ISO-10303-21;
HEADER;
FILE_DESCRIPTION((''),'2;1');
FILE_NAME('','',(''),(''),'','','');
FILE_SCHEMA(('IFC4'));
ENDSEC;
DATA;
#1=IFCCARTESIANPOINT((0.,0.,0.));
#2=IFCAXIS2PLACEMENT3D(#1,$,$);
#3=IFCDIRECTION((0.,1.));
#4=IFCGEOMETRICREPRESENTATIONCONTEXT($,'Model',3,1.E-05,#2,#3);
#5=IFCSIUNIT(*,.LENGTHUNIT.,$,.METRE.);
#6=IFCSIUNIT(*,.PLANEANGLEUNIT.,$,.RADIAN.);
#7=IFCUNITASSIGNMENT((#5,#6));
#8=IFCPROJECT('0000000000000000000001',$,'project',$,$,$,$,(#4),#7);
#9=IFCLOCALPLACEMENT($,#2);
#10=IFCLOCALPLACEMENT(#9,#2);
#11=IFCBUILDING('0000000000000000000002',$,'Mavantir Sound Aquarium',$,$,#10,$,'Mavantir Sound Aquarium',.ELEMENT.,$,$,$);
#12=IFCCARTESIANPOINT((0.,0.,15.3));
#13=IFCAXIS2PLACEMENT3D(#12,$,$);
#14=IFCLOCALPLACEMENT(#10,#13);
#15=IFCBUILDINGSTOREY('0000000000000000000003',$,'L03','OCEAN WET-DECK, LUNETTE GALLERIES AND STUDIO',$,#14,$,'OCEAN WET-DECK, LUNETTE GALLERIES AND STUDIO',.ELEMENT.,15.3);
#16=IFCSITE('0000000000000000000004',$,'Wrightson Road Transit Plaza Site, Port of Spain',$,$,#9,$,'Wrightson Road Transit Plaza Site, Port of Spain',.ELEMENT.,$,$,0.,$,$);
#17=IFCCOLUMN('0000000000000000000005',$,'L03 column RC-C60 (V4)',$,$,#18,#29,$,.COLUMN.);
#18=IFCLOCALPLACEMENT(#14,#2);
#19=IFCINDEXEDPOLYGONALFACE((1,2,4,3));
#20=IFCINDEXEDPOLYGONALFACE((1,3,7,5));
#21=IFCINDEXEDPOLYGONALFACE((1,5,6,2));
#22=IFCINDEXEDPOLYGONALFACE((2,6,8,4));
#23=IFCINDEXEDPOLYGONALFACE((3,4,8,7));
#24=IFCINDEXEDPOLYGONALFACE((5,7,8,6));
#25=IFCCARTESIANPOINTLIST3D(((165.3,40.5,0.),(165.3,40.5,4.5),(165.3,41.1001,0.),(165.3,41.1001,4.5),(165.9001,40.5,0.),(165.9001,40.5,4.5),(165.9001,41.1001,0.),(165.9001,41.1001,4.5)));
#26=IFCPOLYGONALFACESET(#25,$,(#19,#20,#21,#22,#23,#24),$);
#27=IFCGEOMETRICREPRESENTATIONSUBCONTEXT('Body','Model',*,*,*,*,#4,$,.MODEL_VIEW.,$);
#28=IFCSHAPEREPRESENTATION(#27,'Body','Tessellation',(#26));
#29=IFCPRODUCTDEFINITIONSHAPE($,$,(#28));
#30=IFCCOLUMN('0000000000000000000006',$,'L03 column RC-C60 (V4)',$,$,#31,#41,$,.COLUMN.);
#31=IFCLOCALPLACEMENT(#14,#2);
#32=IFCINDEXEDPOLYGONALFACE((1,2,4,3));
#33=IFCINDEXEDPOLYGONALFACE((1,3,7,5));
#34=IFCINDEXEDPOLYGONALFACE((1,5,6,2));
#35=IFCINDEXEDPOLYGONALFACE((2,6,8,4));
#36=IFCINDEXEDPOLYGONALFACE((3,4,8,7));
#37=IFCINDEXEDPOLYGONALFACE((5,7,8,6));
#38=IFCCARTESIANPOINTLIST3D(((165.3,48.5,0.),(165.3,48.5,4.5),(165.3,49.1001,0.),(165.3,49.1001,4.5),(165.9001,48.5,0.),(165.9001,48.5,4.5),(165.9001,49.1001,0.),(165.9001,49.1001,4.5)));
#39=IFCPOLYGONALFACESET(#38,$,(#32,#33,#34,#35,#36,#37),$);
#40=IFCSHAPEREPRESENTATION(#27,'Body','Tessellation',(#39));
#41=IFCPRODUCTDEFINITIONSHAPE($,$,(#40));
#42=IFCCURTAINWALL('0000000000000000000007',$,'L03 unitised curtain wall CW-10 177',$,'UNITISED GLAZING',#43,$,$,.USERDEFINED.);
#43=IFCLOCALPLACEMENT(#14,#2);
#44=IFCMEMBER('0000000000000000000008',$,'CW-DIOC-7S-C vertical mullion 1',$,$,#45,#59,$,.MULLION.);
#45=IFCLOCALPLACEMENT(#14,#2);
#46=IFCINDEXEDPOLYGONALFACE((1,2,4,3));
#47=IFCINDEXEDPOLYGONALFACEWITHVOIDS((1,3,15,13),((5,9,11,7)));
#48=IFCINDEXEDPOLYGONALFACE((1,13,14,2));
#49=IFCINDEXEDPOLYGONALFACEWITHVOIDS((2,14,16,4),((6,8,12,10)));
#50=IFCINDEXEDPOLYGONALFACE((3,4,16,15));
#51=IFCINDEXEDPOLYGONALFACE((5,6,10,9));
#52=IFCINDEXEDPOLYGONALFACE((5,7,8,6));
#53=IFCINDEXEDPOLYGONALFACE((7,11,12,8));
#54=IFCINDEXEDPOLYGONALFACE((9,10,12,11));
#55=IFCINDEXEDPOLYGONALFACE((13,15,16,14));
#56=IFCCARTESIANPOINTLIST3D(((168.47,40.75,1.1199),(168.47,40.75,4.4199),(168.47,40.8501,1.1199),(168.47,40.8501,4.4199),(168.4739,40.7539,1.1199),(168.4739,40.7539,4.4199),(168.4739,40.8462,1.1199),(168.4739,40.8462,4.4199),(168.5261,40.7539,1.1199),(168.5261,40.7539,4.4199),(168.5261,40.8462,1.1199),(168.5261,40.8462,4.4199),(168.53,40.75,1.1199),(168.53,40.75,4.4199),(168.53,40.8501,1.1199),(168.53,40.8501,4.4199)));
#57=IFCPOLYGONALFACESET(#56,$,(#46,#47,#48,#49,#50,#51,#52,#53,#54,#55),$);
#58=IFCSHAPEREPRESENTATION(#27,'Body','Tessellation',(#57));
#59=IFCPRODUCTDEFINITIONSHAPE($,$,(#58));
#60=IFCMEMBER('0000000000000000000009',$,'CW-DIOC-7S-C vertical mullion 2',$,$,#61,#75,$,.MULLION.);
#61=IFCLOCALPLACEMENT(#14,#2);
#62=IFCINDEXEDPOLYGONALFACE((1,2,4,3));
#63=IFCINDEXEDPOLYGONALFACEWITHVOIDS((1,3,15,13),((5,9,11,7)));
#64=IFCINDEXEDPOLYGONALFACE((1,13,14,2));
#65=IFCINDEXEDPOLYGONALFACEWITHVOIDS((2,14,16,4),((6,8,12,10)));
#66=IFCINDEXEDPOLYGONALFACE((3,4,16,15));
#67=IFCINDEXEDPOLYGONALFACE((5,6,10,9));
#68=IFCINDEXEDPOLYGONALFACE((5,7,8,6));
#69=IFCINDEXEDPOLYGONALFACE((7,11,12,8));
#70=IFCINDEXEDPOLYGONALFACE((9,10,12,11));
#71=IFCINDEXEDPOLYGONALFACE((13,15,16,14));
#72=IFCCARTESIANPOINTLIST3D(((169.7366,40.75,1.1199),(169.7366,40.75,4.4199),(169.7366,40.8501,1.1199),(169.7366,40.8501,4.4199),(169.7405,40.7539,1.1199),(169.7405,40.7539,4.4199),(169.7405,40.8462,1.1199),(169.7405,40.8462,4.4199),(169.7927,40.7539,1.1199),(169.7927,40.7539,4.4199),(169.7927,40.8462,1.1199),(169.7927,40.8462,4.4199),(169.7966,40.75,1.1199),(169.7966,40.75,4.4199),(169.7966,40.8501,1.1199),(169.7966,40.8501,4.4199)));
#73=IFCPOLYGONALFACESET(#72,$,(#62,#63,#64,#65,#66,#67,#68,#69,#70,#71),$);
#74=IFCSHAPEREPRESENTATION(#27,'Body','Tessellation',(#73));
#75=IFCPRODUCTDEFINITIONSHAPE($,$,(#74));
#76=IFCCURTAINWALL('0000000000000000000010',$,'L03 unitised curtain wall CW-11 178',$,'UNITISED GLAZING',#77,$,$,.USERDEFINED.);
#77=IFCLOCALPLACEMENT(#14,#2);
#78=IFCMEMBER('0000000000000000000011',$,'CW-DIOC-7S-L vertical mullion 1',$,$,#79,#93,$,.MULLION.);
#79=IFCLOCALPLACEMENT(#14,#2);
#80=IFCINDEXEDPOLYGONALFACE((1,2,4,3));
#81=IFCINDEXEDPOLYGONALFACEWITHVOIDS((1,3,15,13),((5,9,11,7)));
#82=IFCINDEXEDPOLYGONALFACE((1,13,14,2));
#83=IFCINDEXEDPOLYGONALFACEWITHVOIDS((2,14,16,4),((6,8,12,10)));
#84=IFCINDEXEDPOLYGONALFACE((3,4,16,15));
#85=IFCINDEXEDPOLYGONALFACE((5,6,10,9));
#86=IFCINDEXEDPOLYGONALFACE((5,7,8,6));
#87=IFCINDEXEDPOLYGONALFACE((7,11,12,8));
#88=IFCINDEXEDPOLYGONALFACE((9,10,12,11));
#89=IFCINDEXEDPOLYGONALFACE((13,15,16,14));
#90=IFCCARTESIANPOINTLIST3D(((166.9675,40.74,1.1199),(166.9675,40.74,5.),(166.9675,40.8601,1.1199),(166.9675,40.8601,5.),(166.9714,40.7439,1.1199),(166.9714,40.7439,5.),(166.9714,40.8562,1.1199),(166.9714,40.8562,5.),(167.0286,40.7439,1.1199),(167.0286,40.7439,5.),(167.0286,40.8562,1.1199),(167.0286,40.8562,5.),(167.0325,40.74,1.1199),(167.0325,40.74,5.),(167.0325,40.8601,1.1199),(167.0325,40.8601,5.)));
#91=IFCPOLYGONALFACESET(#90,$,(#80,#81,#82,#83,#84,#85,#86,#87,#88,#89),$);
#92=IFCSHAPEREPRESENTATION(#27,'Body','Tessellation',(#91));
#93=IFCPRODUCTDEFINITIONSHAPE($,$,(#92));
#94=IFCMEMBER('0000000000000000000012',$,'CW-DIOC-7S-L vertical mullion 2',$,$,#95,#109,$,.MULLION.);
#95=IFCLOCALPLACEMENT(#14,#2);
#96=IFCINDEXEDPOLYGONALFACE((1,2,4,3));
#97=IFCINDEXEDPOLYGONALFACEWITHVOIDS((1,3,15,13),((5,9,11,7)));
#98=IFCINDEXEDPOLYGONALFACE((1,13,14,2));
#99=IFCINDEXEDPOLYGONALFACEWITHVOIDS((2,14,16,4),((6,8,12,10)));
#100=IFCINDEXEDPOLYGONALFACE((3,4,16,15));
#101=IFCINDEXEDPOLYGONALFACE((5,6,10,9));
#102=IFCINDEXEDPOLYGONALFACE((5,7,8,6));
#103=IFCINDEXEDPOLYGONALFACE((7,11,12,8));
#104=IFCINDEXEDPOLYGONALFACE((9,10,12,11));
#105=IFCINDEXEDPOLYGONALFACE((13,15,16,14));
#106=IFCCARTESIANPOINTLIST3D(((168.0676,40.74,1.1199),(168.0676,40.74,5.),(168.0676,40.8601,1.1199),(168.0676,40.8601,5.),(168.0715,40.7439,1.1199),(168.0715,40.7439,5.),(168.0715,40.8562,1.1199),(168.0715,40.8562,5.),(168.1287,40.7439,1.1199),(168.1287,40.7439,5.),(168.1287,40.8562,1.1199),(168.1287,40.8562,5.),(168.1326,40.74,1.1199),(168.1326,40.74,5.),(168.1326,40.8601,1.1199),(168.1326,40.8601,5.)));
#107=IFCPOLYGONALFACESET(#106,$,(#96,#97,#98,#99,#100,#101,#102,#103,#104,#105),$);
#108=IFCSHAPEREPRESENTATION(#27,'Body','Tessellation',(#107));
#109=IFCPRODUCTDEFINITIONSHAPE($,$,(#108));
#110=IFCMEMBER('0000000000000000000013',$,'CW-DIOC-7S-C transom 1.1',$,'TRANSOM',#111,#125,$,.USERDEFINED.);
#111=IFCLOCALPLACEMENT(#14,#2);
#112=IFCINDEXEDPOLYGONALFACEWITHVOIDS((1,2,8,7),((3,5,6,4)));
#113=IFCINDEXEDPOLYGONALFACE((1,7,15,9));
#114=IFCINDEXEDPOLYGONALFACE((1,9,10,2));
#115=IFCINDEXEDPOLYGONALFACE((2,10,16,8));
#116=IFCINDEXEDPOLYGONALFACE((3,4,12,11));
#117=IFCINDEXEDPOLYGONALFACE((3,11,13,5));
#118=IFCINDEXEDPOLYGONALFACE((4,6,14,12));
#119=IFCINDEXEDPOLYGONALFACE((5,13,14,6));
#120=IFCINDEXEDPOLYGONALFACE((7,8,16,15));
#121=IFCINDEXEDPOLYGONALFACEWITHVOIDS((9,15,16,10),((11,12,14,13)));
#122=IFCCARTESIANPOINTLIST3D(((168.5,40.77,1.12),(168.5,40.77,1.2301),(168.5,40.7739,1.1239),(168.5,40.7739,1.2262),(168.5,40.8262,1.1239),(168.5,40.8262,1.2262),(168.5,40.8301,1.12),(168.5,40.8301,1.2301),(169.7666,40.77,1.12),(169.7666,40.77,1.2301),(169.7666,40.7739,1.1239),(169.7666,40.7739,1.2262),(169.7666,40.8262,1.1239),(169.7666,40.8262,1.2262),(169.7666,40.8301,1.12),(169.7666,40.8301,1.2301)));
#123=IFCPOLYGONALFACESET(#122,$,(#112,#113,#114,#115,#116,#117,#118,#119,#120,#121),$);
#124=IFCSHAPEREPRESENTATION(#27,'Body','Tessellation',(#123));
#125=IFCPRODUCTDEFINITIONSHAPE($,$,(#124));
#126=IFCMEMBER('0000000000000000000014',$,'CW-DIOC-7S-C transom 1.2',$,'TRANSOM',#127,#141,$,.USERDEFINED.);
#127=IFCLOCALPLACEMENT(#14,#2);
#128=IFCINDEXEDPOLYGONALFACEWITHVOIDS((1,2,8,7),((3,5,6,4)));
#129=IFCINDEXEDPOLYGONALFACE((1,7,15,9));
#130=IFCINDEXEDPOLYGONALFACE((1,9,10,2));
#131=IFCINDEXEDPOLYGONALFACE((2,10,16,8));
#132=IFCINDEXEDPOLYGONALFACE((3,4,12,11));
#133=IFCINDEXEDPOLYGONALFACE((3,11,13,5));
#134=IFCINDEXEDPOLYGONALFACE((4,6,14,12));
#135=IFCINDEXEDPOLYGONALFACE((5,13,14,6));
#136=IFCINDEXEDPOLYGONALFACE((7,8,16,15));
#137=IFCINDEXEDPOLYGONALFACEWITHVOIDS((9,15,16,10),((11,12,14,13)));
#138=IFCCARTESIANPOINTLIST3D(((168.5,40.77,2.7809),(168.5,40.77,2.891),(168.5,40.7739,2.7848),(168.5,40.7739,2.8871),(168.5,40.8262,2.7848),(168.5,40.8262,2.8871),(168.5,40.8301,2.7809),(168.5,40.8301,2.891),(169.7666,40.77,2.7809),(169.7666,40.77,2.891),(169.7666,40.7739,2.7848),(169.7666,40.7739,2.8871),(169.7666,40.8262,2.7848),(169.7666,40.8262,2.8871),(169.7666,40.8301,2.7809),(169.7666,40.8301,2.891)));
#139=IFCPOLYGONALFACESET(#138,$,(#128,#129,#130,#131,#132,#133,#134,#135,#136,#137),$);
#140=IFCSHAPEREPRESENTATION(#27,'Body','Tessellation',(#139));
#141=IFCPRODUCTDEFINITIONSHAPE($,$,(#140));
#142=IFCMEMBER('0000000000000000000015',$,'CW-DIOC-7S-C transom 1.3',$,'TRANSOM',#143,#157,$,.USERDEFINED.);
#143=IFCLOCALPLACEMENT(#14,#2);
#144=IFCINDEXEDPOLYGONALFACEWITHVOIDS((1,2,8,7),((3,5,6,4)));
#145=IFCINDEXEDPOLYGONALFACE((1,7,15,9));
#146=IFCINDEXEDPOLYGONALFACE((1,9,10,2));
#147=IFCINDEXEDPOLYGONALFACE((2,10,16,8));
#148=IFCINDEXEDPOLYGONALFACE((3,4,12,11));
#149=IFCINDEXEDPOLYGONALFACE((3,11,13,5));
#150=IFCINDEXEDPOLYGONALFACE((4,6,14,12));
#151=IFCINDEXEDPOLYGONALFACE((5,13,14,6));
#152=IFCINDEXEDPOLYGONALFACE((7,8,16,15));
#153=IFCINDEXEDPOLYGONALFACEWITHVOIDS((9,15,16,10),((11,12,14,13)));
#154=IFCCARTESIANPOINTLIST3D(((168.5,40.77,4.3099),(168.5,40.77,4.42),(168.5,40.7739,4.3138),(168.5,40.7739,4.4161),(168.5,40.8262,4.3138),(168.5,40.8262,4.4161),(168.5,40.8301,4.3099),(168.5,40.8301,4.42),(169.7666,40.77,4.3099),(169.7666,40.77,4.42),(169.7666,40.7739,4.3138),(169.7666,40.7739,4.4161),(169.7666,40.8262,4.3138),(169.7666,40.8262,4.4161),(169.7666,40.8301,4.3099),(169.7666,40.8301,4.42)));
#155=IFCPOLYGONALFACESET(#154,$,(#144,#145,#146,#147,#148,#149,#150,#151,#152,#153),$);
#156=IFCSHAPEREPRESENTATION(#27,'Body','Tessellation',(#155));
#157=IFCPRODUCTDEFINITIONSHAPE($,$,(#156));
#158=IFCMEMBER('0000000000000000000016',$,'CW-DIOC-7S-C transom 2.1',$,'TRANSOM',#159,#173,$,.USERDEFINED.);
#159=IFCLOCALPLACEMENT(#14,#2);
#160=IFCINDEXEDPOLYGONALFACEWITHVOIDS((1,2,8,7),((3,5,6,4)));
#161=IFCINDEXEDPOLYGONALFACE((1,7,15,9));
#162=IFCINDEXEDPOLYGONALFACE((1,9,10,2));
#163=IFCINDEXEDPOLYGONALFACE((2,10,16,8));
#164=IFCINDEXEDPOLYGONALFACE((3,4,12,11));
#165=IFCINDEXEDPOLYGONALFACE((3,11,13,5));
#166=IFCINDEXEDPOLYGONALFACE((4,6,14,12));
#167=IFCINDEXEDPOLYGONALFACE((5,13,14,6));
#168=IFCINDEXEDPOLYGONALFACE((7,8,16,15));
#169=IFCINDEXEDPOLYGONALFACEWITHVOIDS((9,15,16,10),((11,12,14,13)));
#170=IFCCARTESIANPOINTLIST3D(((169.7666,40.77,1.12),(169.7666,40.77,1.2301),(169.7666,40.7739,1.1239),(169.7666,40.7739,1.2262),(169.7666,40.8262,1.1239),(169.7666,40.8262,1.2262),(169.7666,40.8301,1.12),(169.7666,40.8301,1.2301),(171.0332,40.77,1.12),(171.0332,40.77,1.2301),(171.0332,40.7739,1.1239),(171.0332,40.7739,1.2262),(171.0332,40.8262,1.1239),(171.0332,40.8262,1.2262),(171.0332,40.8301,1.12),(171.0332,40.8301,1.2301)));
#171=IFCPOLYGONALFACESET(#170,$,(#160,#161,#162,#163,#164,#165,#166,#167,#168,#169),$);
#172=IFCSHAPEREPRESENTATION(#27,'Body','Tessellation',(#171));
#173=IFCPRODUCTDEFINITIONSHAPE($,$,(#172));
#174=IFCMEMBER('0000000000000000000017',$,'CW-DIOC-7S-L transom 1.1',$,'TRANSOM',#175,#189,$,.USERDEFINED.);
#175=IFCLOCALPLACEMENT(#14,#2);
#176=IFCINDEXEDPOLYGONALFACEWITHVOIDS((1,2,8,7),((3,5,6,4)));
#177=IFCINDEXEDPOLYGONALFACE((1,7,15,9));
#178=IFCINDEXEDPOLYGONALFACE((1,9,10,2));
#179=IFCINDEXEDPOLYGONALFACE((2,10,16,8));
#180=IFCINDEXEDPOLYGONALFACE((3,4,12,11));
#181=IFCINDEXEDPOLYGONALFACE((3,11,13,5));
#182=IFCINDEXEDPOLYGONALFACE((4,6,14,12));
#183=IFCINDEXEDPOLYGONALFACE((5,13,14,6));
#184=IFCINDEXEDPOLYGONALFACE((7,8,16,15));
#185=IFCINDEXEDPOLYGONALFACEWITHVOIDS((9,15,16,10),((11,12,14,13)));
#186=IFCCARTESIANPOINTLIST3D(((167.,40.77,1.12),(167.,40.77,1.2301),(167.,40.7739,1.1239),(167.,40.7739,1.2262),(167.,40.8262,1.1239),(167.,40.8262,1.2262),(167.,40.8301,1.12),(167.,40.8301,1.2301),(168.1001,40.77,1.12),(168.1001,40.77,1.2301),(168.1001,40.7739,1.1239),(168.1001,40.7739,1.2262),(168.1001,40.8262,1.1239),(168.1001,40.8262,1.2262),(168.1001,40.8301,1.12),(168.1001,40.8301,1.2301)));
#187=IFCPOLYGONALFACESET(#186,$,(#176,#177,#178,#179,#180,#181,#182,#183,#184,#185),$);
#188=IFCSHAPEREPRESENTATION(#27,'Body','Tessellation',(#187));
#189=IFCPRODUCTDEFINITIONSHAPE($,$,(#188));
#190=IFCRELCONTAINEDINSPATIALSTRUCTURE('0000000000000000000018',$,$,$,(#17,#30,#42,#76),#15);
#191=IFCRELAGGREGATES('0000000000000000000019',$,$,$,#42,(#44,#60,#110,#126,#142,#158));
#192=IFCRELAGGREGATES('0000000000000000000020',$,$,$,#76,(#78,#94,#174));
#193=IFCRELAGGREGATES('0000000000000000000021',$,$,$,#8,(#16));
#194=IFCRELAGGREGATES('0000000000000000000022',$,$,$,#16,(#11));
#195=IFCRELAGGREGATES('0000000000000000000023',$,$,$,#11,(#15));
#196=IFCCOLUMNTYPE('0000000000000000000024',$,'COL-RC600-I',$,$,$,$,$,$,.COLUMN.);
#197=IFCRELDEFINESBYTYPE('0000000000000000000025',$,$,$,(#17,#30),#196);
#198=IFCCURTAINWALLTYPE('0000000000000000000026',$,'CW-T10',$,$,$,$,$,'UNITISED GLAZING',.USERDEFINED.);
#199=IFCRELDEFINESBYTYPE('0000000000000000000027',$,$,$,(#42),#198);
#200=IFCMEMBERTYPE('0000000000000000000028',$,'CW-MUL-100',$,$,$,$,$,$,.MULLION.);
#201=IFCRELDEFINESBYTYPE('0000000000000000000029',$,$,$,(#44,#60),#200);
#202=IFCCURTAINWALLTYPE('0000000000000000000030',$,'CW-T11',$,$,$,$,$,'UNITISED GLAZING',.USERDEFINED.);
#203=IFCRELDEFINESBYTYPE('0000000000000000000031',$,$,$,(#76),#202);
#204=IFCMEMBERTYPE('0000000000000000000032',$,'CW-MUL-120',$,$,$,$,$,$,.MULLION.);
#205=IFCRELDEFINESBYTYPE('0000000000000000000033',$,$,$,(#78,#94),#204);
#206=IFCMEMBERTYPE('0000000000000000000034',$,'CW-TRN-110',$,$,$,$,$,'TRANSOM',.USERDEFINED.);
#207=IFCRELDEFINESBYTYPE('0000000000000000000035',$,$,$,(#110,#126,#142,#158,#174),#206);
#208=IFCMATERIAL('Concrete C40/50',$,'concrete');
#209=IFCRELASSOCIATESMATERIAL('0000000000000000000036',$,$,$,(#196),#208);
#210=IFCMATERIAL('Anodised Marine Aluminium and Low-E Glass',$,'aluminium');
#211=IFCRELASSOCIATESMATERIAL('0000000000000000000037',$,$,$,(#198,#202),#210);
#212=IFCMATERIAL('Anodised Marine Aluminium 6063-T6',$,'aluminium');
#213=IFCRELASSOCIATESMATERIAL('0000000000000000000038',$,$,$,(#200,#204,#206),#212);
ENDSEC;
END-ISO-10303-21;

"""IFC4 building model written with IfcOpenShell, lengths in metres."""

from ifc_helpers import new_model, si_unit, direction, frame, origin, origin_2d, place, context, subcontext, project, spatial, rectangle, hollow_rectangle, extrude, material, material_profile, profile_set, type_object, element, aggregate, save


model = new_model("IFC4")

# Units and contexts
model_context = context("Model", 3, precision=1e-05, world=origin(), true_north=direction((0.0, 1.0)))
body_context = subcontext(model_context, "Body", "Model", "MODEL_VIEW")
ifc_project = project(units=[si_unit("LENGTHUNIT", "METRE"), si_unit("PLANEANGLEUNIT", "RADIAN")], contexts=[model_context])

# Site, building, storey
site_placement = place(None, origin())
site = spatial("IfcSite", under=ifc_project, at=site_placement, Name="Wrightson Road Transit Plaza Site, Port of Spain", LongName="Wrightson Road Transit Plaza Site, Port of Spain", CompositionType="ELEMENT", RefElevation=0.0)
building_placement = place(site_placement, origin())
building = spatial("IfcBuilding", under=site, at=building_placement, Name="Mavantir Sound Aquarium", LongName="Mavantir Sound Aquarium", CompositionType="ELEMENT")
storey_placement = place(building_placement, frame((0.0, 0.0, 15.3)))
storey = spatial("IfcBuildingStorey", under=building, at=storey_placement, Name="L03", Description="OCEAN WET-DECK, LUNETTE GALLERIES AND STUDIO", LongName="OCEAN WET-DECK, LUNETTE GALLERIES AND STUDIO", CompositionType="ELEMENT", Elevation=15.3)

# Columns
ifc_material_1 = material(Name="Concrete C40/50", Category="concrete")
ifc_material_profile_1 = material_profile(ifc_material_1, rectangle(XDim=0.6001, YDim=0.6001, at=origin_2d()), Name="RC 600X600")
ifc_profile_set_1 = profile_set([ifc_material_profile_1], Name="Concrete C40/50")
column_type = type_object("IfcColumnType", Name="COL-RC600-I", PredefinedType="COLUMN", material=ifc_profile_set_1)
for number, where, z_axis, x_axis, name in (
    (1, (165.6001, 40.8, 0.0), (0.0, 0.0, 1.0), (1.0, 0.0, 0.0), "L03 column RC-C60 (V4)"),
    (2, (165.6001, 48.8, 0.0), (0.0, 0.0, 1.0), (1.0, 0.0, 0.0), "L03 column RC-C60 (V4)"),
):
    element("IfcColumn", number, at=place(storey_placement, frame(where, z_axis=z_axis, x_axis=x_axis)), inside=storey, type_object=column_type, Name=name, PredefinedType="COLUMN", context=body_context, shape_type="SweptSolid", body=[
        extrude(rectangle(XDim=0.6001, YDim=0.6001, at=origin_2d()), origin(), (0.0, 0.0, 1.0), 4.5),
    ])

# Curtain walls, members
ifc_material_2 = material(Name="Anodised Marine Aluminium and Low-E Glass", Category="aluminium")
curtain_wall_type_1 = type_object("IfcCurtainWallType", Name="CW-T10", ElementType="UNITISED GLAZING", PredefinedType="USERDEFINED", material=ifc_material_2)
curtain_wall_1_placement = place(storey_placement, origin())
curtain_wall_1 = element("IfcCurtainWall", 3, at=curtain_wall_1_placement, inside=storey, type_object=curtain_wall_type_1, Name="L03 unitised curtain wall CW-10 177", ObjectType="UNITISED GLAZING", PredefinedType="USERDEFINED")
ifc_material_3 = material(Name="Anodised Marine Aluminium 6063-T6", Category="aluminium")
ifc_material_profile_2 = material_profile(ifc_material_3, hollow_rectangle(XDim=0.0601, YDim=0.1001, WallThickness=0.0039, at=origin_2d()), Name="ALU-MULLION-100X60")
ifc_profile_set_2 = profile_set([ifc_material_profile_2], Name="Anodised Marine Aluminium 6063-T6")
member_type_1 = type_object("IfcMemberType", Name="CW-MUL-100", PredefinedType="MULLION", material=ifc_profile_set_2)
member_1_placement = place(storey_placement, frame((168.5, 40.8, 1.1199), z_axis=(0.0, 0.0, 1.0), x_axis=(1.0, 0.0, 0.0)))
member_1 = element("IfcMember", 4, at=member_1_placement, type_object=member_type_1, Name="CW-DIOC-7S-C vertical mullion 1", PredefinedType="MULLION", context=body_context, shape_type="SweptSolid", body=[
    extrude(hollow_rectangle(XDim=0.0601, YDim=0.1001, WallThickness=0.0039, at=origin_2d()), origin(), (0.0, 0.0, 1.0), 3.3),
])
member_2_placement = place(storey_placement, frame((169.7666, 40.8, 1.1199), z_axis=(0.0, 0.0, 1.0), x_axis=(1.0, 0.0, 0.0)))
member_2 = element("IfcMember", 5, at=member_2_placement, type_object=member_type_1, Name="CW-DIOC-7S-C vertical mullion 2", PredefinedType="MULLION", context=body_context, shape_type="SweptSolid", body=[
    extrude(hollow_rectangle(XDim=0.0601, YDim=0.1001, WallThickness=0.0039, at=origin_2d()), origin(), (0.0, 0.0, 1.0), 3.3),
])
curtain_wall_type_2 = type_object("IfcCurtainWallType", Name="CW-T11", ElementType="UNITISED GLAZING", PredefinedType="USERDEFINED", material=ifc_material_2)
curtain_wall_2_placement = place(storey_placement, origin())
curtain_wall_2 = element("IfcCurtainWall", 6, at=curtain_wall_2_placement, inside=storey, type_object=curtain_wall_type_2, Name="L03 unitised curtain wall CW-11 178", ObjectType="UNITISED GLAZING", PredefinedType="USERDEFINED")
ifc_material_profile_3 = material_profile(ifc_material_3, hollow_rectangle(XDim=0.0649, YDim=0.1201, WallThickness=0.0039, at=origin_2d()), Name="ALU-MULLION-120X65")
ifc_profile_set_3 = profile_set([ifc_material_profile_3], Name="Anodised Marine Aluminium 6063-T6")
member_type_2 = type_object("IfcMemberType", Name="CW-MUL-120", PredefinedType="MULLION", material=ifc_profile_set_3)
member_3_placement = place(storey_placement, frame((167.0, 40.8, 1.1199), z_axis=(0.0, 0.0, 1.0), x_axis=(1.0, 0.0, 0.0)))
member_3 = element("IfcMember", 7, at=member_3_placement, type_object=member_type_2, Name="CW-DIOC-7S-L vertical mullion 1", PredefinedType="MULLION", context=body_context, shape_type="SweptSolid", body=[
    extrude(hollow_rectangle(XDim=0.0649, YDim=0.1201, WallThickness=0.0039, at=origin_2d()), origin(), (0.0, 0.0, 1.0), 3.8801),
])
member_4_placement = place(storey_placement, frame((168.1001, 40.8, 1.1199), z_axis=(0.0, 0.0, 1.0), x_axis=(1.0, 0.0, 0.0)))
member_4 = element("IfcMember", 8, at=member_4_placement, type_object=member_type_2, Name="CW-DIOC-7S-L vertical mullion 2", PredefinedType="MULLION", context=body_context, shape_type="SweptSolid", body=[
    extrude(hollow_rectangle(XDim=0.0649, YDim=0.1201, WallThickness=0.0039, at=origin_2d()), origin(), (0.0, 0.0, 1.0), 3.8801),
])

# Members
ifc_material_profile_4 = material_profile(ifc_material_3, hollow_rectangle(XDim=0.0601, YDim=0.1101, WallThickness=0.0039, at=origin_2d()), Name="ALU-TRANSOM-110X60")
ifc_profile_set_4 = profile_set([ifc_material_profile_4], Name="Anodised Marine Aluminium 6063-T6")
member_type_3 = type_object("IfcMemberType", Name="CW-TRN-110", ElementType="TRANSOM", PredefinedType="USERDEFINED", material=ifc_profile_set_4)
member_5_placement = place(storey_placement, frame((168.5, 40.8, 1.175), z_axis=(1.0, 0.0, 0.0), x_axis=(0.0, 1.0, 0.0)))
member_5 = element("IfcMember", 9, at=member_5_placement, type_object=member_type_3, Name="CW-DIOC-7S-C transom 1.1", ObjectType="TRANSOM", PredefinedType="USERDEFINED", context=body_context, shape_type="SweptSolid", body=[
    extrude(hollow_rectangle(XDim=0.0601, YDim=0.1101, WallThickness=0.0039, at=origin_2d()), origin(), (0.0, 0.0, 1.0), 1.2666),
])
member_6_placement = place(storey_placement, frame((168.5, 40.8, 2.8359), z_axis=(1.0, 0.0, 0.0), x_axis=(0.0, 1.0, 0.0)))
member_6 = element("IfcMember", 10, at=member_6_placement, type_object=member_type_3, Name="CW-DIOC-7S-C transom 1.2", ObjectType="TRANSOM", PredefinedType="USERDEFINED", context=body_context, shape_type="SweptSolid", body=[
    extrude(hollow_rectangle(XDim=0.0601, YDim=0.1101, WallThickness=0.0039, at=origin_2d()), origin(), (0.0, 0.0, 1.0), 1.2666),
])
member_7_placement = place(storey_placement, frame((168.5, 40.8, 4.365), z_axis=(1.0, 0.0, 0.0), x_axis=(0.0, 1.0, 0.0)))
member_7 = element("IfcMember", 11, at=member_7_placement, type_object=member_type_3, Name="CW-DIOC-7S-C transom 1.3", ObjectType="TRANSOM", PredefinedType="USERDEFINED", context=body_context, shape_type="SweptSolid", body=[
    extrude(hollow_rectangle(XDim=0.0601, YDim=0.1101, WallThickness=0.0039, at=origin_2d()), origin(), (0.0, 0.0, 1.0), 1.2666),
])
member_8_placement = place(storey_placement, frame((169.7666, 40.8, 1.175), z_axis=(1.0, 0.0, 0.0), x_axis=(0.0, 1.0, 0.0)))
member_8 = element("IfcMember", 12, at=member_8_placement, type_object=member_type_3, Name="CW-DIOC-7S-C transom 2.1", ObjectType="TRANSOM", PredefinedType="USERDEFINED", context=body_context, shape_type="SweptSolid", body=[
    extrude(hollow_rectangle(XDim=0.0601, YDim=0.1101, WallThickness=0.0039, at=origin_2d()), origin(), (0.0, 0.0, 1.0), 1.2666),
])
member_9_placement = place(storey_placement, frame((167.0, 40.8, 1.175), z_axis=(1.0, 0.0, 0.0), x_axis=(0.0, 1.0, 0.0)))
member_9 = element("IfcMember", 13, at=member_9_placement, type_object=member_type_3, Name="CW-DIOC-7S-L transom 1.1", ObjectType="TRANSOM", PredefinedType="USERDEFINED", context=body_context, shape_type="SweptSolid", body=[
    extrude(hollow_rectangle(XDim=0.0601, YDim=0.1101, WallThickness=0.0039, at=origin_2d()), origin(), (0.0, 0.0, 1.0), 1.1001),
])

aggregate(curtain_wall_1, [member_1, member_2, member_5, member_6, member_7, member_8])
aggregate(curtain_wall_2, [member_3, member_4, member_9])

save(model, "model.ifc")
